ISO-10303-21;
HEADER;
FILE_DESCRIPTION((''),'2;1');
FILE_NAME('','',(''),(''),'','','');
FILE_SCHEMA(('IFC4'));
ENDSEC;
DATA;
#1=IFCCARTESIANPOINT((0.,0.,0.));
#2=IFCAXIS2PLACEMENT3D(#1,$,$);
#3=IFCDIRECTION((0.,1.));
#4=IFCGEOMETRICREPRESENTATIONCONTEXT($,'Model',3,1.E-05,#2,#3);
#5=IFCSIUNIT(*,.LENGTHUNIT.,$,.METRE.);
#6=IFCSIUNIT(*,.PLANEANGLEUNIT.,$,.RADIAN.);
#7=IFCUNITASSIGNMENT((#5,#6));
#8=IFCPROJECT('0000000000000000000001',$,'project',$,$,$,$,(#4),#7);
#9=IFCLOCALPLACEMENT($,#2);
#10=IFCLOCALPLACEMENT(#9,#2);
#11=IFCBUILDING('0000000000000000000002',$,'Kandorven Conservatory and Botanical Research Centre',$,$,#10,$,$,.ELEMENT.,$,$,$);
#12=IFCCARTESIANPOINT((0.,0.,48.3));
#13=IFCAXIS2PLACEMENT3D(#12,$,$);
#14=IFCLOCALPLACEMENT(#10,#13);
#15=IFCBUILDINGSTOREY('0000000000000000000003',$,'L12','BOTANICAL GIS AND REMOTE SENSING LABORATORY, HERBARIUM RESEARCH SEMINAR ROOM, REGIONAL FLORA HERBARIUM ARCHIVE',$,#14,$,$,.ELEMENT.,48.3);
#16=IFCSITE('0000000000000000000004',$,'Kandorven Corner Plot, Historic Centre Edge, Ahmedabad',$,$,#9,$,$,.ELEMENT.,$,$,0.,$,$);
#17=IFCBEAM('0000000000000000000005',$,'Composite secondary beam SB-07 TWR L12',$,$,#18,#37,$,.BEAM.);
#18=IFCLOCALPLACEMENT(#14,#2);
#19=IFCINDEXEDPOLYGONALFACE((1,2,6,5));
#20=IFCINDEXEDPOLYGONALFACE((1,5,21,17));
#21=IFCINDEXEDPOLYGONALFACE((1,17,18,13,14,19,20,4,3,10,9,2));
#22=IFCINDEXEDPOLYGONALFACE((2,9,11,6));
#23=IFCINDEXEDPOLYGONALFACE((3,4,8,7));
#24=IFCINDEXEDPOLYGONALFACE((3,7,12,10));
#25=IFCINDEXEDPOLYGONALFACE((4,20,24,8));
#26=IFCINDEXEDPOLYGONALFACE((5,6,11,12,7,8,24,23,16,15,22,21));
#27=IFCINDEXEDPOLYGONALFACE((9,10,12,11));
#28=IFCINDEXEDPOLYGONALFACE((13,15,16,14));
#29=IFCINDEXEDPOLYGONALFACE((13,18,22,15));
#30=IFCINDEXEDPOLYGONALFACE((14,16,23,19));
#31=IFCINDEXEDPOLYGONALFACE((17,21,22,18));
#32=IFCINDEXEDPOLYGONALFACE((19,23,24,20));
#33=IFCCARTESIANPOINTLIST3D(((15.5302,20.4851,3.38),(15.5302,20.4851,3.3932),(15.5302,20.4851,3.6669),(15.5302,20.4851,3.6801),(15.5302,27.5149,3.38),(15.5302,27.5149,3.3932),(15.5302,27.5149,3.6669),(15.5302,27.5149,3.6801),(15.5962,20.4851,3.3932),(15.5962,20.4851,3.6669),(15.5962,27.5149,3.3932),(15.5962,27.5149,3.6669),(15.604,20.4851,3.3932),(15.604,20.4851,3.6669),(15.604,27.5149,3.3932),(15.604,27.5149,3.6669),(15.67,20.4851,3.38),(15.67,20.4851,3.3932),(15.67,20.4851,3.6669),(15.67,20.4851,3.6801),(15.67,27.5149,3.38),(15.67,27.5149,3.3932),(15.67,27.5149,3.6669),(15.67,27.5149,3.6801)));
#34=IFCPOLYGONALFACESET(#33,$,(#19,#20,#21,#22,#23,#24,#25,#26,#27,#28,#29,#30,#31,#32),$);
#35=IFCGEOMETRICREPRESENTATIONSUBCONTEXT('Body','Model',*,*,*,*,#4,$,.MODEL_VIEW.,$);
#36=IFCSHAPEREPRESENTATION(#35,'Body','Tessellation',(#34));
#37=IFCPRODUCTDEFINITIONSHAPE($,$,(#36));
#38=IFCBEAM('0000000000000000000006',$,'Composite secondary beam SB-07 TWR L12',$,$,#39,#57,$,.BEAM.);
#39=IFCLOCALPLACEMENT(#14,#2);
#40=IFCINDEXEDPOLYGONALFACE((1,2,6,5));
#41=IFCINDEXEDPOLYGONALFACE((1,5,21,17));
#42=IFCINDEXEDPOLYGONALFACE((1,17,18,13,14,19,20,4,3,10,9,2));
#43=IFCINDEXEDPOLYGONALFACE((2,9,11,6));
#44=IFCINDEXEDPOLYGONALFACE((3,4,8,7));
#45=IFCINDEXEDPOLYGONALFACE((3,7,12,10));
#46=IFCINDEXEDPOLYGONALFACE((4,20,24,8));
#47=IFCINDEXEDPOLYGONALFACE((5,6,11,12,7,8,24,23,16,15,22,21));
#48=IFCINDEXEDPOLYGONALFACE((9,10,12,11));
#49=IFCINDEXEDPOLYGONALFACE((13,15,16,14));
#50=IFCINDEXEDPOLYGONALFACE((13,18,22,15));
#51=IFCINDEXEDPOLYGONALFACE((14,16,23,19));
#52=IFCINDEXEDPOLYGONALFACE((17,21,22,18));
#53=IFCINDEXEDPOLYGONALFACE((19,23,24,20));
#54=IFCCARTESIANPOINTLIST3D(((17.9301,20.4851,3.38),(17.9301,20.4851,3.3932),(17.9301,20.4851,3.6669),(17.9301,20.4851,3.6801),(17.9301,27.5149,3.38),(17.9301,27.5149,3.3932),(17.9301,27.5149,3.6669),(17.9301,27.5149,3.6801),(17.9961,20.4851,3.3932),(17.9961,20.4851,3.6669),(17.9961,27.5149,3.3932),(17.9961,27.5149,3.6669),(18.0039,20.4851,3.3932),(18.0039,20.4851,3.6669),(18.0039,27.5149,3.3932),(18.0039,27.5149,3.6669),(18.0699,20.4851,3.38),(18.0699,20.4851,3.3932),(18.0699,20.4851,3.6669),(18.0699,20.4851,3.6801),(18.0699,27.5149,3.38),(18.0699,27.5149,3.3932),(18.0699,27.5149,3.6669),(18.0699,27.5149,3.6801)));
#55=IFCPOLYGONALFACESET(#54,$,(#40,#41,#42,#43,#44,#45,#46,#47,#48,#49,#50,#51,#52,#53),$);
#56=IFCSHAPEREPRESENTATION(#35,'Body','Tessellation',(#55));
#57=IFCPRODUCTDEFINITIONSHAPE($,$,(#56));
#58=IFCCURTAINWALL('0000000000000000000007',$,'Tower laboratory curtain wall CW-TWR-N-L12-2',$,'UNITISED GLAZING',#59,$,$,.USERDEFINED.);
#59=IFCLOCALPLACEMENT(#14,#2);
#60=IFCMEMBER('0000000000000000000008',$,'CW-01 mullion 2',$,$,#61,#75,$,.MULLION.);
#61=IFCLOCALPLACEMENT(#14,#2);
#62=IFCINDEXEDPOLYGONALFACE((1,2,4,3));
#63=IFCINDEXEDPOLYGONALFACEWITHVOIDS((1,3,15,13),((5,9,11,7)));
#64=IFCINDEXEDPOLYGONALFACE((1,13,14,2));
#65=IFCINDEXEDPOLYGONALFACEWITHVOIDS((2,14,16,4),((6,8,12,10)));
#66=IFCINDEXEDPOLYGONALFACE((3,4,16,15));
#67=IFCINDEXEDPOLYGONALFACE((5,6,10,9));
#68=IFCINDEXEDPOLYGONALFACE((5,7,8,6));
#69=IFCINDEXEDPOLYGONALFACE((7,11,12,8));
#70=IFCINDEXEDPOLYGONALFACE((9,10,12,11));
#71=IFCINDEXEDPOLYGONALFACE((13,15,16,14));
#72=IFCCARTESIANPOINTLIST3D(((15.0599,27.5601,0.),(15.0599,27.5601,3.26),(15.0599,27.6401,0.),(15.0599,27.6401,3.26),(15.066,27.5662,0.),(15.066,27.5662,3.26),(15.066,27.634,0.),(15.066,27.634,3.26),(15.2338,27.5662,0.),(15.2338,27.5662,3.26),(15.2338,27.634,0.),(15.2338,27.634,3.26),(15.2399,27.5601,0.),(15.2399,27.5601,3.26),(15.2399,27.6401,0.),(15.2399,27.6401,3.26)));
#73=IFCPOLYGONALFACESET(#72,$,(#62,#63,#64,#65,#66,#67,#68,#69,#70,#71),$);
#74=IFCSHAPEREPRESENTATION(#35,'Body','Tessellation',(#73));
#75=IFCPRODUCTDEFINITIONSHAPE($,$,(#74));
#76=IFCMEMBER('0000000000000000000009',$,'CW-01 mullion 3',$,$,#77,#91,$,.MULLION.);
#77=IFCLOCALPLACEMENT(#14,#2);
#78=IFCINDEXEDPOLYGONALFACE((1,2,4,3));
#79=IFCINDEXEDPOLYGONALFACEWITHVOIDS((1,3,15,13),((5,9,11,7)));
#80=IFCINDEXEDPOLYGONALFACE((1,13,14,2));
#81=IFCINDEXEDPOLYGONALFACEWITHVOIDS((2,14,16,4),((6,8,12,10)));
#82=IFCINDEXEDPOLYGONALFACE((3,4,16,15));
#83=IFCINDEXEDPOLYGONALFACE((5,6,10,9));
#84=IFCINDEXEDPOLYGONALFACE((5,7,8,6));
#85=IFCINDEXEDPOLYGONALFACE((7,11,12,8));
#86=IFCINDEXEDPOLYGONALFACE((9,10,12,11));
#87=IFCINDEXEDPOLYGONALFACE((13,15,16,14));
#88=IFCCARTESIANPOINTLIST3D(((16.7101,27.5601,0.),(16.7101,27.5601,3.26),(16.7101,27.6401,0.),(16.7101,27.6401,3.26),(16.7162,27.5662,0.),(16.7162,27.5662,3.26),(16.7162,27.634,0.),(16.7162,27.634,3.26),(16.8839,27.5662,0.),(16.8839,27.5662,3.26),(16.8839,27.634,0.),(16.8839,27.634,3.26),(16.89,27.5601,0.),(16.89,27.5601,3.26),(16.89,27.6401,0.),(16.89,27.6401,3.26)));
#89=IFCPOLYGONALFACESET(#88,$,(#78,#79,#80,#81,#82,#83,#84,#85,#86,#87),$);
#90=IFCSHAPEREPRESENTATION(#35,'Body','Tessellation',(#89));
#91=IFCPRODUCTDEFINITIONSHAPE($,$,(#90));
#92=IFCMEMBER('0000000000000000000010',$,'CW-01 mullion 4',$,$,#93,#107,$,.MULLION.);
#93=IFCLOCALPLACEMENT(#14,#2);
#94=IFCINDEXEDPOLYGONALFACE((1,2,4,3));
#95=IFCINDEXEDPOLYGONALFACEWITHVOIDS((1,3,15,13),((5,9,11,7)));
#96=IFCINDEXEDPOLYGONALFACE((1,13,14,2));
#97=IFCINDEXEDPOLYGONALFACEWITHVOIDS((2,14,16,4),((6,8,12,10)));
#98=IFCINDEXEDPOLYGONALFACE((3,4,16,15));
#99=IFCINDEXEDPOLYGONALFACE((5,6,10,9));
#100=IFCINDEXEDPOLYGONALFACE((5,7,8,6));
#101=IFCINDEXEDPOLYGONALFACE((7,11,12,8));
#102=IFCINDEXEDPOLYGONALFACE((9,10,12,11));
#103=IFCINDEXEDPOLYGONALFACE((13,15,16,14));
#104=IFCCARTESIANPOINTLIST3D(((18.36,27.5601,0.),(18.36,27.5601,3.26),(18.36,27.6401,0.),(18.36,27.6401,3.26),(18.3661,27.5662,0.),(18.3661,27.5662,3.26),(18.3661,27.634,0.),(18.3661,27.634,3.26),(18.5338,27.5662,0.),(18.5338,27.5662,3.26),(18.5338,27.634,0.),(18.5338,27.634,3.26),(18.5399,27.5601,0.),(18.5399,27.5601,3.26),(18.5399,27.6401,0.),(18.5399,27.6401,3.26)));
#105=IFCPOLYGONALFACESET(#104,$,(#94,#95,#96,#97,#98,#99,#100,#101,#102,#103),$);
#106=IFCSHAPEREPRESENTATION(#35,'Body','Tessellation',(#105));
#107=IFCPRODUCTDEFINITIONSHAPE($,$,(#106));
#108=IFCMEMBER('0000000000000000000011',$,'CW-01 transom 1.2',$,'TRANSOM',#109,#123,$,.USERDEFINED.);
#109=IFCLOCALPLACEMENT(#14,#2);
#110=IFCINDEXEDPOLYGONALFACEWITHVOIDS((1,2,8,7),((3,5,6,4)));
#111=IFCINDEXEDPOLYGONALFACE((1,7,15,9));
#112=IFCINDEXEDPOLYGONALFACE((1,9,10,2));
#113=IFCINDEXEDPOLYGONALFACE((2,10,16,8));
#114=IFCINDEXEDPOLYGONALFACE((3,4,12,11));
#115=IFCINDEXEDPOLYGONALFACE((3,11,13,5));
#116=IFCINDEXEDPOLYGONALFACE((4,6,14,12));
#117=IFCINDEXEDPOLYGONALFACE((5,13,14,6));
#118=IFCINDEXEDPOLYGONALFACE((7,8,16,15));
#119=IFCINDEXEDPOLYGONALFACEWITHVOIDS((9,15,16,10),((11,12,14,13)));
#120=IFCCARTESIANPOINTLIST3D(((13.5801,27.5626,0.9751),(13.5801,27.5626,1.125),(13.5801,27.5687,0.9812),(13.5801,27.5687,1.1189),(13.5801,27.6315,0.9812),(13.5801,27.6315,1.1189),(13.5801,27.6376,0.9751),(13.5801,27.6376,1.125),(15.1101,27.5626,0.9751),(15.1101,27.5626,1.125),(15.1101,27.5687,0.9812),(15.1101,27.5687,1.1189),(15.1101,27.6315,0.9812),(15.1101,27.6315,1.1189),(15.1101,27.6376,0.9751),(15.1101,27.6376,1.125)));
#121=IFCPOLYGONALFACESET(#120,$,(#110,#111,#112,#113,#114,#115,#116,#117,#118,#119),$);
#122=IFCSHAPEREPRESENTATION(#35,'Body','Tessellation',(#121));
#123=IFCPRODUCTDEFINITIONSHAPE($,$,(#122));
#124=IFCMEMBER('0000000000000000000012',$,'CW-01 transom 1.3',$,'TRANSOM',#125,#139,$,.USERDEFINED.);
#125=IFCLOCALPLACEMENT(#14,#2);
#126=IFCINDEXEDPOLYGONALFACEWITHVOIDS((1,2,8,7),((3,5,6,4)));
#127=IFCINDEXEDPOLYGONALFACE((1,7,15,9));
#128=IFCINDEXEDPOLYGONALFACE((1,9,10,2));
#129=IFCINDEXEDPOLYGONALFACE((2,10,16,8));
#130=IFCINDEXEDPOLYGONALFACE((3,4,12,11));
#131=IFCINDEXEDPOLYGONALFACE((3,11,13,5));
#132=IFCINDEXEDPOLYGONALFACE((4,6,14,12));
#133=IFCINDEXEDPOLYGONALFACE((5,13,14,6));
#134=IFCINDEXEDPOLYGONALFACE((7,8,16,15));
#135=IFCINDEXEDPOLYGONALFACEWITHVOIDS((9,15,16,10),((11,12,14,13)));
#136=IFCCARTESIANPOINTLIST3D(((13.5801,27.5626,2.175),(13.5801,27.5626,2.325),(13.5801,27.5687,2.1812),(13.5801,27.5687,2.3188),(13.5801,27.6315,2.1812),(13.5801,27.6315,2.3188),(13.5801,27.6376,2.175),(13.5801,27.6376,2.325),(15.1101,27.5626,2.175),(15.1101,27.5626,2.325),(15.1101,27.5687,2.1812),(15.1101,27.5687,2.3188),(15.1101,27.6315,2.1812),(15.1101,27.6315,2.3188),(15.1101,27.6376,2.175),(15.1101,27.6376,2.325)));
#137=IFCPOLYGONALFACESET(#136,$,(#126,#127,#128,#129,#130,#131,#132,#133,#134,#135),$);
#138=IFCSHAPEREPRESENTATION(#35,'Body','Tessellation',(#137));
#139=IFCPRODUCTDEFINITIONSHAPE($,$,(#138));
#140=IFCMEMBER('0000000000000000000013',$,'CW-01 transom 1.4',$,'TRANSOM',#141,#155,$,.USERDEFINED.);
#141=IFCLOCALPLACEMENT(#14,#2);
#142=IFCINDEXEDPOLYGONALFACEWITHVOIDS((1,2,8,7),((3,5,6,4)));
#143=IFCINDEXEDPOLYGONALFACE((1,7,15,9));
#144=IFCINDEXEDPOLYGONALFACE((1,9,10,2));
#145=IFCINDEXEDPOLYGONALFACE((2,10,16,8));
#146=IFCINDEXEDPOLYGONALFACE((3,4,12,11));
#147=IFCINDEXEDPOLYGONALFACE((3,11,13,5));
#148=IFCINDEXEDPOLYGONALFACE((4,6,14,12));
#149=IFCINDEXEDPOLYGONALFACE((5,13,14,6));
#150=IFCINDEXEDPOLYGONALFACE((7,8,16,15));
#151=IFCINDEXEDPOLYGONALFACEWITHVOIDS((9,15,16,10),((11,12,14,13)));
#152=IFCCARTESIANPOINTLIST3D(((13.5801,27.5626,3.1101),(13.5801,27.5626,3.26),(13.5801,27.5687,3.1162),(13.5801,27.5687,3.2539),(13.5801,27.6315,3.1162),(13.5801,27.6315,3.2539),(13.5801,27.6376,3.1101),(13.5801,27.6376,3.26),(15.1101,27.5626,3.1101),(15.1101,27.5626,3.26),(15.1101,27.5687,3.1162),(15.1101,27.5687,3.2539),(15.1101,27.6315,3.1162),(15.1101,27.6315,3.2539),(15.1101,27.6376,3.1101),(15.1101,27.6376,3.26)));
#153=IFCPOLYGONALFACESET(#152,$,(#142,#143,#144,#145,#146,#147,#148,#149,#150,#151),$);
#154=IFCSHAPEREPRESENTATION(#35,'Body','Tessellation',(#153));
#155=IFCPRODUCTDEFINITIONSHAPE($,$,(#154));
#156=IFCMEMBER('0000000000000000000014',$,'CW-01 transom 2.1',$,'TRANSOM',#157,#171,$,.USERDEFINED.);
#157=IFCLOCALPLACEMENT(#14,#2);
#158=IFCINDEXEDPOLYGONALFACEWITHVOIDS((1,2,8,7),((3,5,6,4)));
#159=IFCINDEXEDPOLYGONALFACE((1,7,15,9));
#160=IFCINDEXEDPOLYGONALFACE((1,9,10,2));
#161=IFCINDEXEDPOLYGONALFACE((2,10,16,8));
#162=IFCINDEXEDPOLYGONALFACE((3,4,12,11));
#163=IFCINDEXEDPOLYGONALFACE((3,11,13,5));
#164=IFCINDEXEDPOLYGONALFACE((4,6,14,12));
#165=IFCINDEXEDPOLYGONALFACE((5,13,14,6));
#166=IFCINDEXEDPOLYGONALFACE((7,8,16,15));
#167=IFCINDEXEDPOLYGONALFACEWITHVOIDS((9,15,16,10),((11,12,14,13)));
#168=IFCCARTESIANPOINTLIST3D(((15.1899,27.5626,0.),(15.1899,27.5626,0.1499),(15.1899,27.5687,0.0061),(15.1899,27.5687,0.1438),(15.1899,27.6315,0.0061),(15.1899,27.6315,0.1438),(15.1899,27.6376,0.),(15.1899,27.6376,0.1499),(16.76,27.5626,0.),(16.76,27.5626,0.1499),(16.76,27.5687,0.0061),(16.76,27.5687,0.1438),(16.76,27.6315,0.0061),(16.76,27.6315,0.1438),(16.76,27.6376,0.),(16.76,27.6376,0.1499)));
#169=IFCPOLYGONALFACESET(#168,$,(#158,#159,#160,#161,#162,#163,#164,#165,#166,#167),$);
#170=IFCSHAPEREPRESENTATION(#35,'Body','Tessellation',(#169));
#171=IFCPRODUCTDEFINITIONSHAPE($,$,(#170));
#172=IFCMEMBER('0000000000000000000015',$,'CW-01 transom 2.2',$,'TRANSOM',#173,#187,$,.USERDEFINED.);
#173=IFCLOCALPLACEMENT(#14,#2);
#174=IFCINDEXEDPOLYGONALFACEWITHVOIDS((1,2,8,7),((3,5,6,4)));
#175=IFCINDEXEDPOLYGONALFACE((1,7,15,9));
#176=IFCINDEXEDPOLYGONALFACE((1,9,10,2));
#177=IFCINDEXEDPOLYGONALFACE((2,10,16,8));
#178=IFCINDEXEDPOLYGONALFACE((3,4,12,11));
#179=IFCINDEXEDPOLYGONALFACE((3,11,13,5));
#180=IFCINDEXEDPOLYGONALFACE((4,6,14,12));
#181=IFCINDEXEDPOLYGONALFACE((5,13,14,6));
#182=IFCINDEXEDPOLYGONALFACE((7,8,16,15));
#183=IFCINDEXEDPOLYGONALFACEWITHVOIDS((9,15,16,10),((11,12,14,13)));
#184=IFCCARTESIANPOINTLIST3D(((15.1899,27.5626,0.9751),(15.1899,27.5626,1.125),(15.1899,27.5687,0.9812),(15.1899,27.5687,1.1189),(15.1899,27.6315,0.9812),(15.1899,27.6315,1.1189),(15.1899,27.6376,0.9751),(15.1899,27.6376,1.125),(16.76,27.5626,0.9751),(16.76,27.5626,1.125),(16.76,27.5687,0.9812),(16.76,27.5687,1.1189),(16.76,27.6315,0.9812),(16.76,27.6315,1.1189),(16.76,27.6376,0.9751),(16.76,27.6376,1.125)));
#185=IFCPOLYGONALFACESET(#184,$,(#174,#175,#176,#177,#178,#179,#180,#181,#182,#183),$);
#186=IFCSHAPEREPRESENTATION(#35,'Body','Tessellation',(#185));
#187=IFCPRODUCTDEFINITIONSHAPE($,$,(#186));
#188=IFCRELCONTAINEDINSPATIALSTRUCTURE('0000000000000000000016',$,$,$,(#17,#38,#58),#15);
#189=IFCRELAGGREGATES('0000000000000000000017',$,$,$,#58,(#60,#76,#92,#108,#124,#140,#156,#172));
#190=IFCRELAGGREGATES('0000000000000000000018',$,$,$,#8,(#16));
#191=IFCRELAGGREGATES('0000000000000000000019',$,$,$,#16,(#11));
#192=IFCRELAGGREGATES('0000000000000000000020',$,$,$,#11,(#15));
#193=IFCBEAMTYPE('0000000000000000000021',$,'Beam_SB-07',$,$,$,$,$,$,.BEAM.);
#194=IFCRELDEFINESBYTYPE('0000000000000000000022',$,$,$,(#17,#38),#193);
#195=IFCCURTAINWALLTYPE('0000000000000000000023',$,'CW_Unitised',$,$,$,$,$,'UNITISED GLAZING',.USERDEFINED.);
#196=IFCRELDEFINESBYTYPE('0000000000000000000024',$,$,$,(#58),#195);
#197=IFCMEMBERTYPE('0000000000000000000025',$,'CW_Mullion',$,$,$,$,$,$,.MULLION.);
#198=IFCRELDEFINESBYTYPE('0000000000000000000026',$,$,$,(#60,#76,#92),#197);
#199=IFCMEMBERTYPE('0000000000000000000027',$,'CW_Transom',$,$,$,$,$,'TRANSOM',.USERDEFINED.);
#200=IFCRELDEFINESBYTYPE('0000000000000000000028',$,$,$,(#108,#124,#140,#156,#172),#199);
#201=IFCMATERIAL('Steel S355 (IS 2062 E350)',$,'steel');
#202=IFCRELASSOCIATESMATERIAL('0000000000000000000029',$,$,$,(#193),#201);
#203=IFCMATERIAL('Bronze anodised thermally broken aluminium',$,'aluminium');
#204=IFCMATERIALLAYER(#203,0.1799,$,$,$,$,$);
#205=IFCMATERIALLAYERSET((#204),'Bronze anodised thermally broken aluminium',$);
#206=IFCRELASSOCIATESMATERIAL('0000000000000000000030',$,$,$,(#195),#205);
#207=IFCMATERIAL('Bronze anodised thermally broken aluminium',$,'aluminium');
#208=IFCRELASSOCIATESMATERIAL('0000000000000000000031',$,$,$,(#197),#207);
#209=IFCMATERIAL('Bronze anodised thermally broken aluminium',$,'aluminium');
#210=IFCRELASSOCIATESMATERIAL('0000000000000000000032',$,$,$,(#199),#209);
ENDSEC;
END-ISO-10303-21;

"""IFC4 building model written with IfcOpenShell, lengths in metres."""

from ifc_helpers import new_model, si_unit, direction, frame, origin, origin_2d, place, context, subcontext, project, spatial, hollow_rectangle, i_section, extrude, material, layer, layer_set, material_profile, profile_set, type_object, element, aggregate, save


model = new_model("IFC4")

# Units and contexts
model_context = context("Model", 3, precision=1e-05, world=origin(), true_north=direction((0.0, 1.0)))
body_context = subcontext(model_context, "Body", "Model", "MODEL_VIEW")
ifc_project = project(units=[si_unit("LENGTHUNIT", "METRE"), si_unit("PLANEANGLEUNIT", "RADIAN")], contexts=[model_context])

# Site, building, storey
site_placement = place(None, origin())
site = spatial("IfcSite", under=ifc_project, at=site_placement, Name="Kandorven Corner Plot, Historic Centre Edge, Ahmedabad", CompositionType="ELEMENT", RefElevation=0.0)
building_placement = place(site_placement, origin())
building = spatial("IfcBuilding", under=site, at=building_placement, Name="Kandorven Conservatory and Botanical Research Centre", CompositionType="ELEMENT")
storey_placement = place(building_placement, frame((0.0, 0.0, 48.3)))
storey = spatial("IfcBuildingStorey", under=building, at=storey_placement, Name="L12", Description="BOTANICAL GIS AND REMOTE SENSING LABORATORY, HERBARIUM RESEARCH SEMINAR ROOM, REGIONAL FLORA HERBARIUM ARCHIVE", CompositionType="ELEMENT", Elevation=48.3)

# Beams
ifc_material_1 = material(Name="Steel S355 (IS 2062 E350)", Category="steel")
ifc_material_profile_1 = material_profile(ifc_material_1, i_section(OverallWidth=0.1399, OverallDepth=0.3, WebThickness=0.0078, FlangeThickness=0.0132, at=origin_2d()))
ifc_profile_set_1 = profile_set([ifc_material_profile_1], Name="Steel S355 (IS 2062 E350)")
beam_type = type_object("IfcBeamType", Name="Beam_SB-07", PredefinedType="BEAM", material=ifc_profile_set_1)
for number, where, z_axis, x_axis, name in (
    (1, (15.6001, 20.4851, 3.53), (0.0, 1.0, 0.0), (-1.0, 0.0, 0.0), "Composite secondary beam SB-07 TWR L12"),
    (2, (18.0, 20.4851, 3.53), (0.0, 1.0, 0.0), (-1.0, 0.0, 0.0), "Composite secondary beam SB-07 TWR L12"),
):
    element("IfcBeam", number, at=place(storey_placement, frame(where, z_axis=z_axis, x_axis=x_axis)), inside=storey, type_object=beam_type, Name=name, PredefinedType="BEAM", context=body_context, shape_type="SweptSolid", body=[
        extrude(i_section(OverallWidth=0.1399, OverallDepth=0.3, WebThickness=0.0078, FlangeThickness=0.0132, at=origin_2d()), origin(), (0.0, 0.0, 1.0), 7.0298),
    ])

# Curtain wall, members
ifc_material_2 = material(Name="Bronze anodised thermally broken aluminium", Category="aluminium")
ifc_layer_1 = layer(ifc_material_2, 0.1799)
ifc_layer_set_1 = layer_set([ifc_layer_1], Name="Bronze anodised thermally broken aluminium")
curtain_wall_type = type_object("IfcCurtainWallType", Name="CW_Unitised", ElementType="UNITISED GLAZING", PredefinedType="USERDEFINED", material=ifc_layer_set_1)
curtain_wall_placement = place(storey_placement, origin())
curtain_wall = element("IfcCurtainWall", 3, at=curtain_wall_placement, inside=storey, type_object=curtain_wall_type, Name="Tower laboratory curtain wall CW-TWR-N-L12-2", ObjectType="UNITISED GLAZING", PredefinedType="USERDEFINED")
ifc_material_3 = material(Name="Bronze anodised thermally broken aluminium", Category="aluminium")
ifc_material_profile_2 = material_profile(ifc_material_3, hollow_rectangle(XDim=0.0801, YDim=0.1799, WallThickness=0.0061, at=origin_2d()))
ifc_profile_set_2 = profile_set([ifc_material_profile_2], Name="Bronze anodised thermally broken aluminium")
member_type_1 = type_object("IfcMemberType", Name="CW_Mullion", PredefinedType="MULLION", material=ifc_profile_set_2)
member_1_placement = place(storey_placement, frame((15.1499, 27.6001, 0.0), z_axis=(0.0, 0.0, 1.0), x_axis=(0.0, 1.0, 0.0)))
member_1 = element("IfcMember", 4, at=member_1_placement, type_object=member_type_1, Name="CW-01 mullion 2", PredefinedType="MULLION", context=body_context, shape_type="SweptSolid", body=[
    extrude(hollow_rectangle(XDim=0.0801, YDim=0.1799, WallThickness=0.0061, at=origin_2d()), origin(), (0.0, 0.0, 1.0), 3.26),
])
member_2_placement = place(storey_placement, frame((16.8, 27.6001, 0.0), z_axis=(0.0, 0.0, 1.0), x_axis=(0.0, 1.0, 0.0)))
member_2 = element("IfcMember", 5, at=member_2_placement, type_object=member_type_1, Name="CW-01 mullion 3", PredefinedType="MULLION", context=body_context, shape_type="SweptSolid", body=[
    extrude(hollow_rectangle(XDim=0.0801, YDim=0.1799, WallThickness=0.0061, at=origin_2d()), origin(), (0.0, 0.0, 1.0), 3.26),
])
member_3_placement = place(storey_placement, frame((18.45, 27.6001, 0.0), z_axis=(0.0, 0.0, 1.0), x_axis=(0.0, 1.0, 0.0)))
member_3 = element("IfcMember", 6, at=member_3_placement, type_object=member_type_1, Name="CW-01 mullion 4", PredefinedType="MULLION", context=body_context, shape_type="SweptSolid", body=[
    extrude(hollow_rectangle(XDim=0.0801, YDim=0.1799, WallThickness=0.0061, at=origin_2d()), origin(), (0.0, 0.0, 1.0), 3.26),
])
ifc_material_4 = material(Name="Bronze anodised thermally broken aluminium", Category="aluminium")
ifc_material_profile_3 = material_profile(ifc_material_4, hollow_rectangle(XDim=0.075, YDim=0.1499, WallThickness=0.0061, at=origin_2d()))
ifc_profile_set_3 = profile_set([ifc_material_profile_3], Name="Bronze anodised thermally broken aluminium")
member_type_2 = type_object("IfcMemberType", Name="CW_Transom", ElementType="TRANSOM", PredefinedType="USERDEFINED", material=ifc_profile_set_3)
member_4_placement = place(storey_placement, frame((13.5801, 27.6001, 1.05), z_axis=(1.0, 0.0, 0.0), x_axis=(0.0, 1.0, 0.0)))
member_4 = element("IfcMember", 7, at=member_4_placement, type_object=member_type_2, Name="CW-01 transom 1.2", ObjectType="TRANSOM", PredefinedType="USERDEFINED", context=body_context, shape_type="SweptSolid", body=[
    extrude(hollow_rectangle(XDim=0.075, YDim=0.1499, WallThickness=0.0061, at=origin_2d()), origin(), (0.0, 0.0, 1.0), 1.53),
])
member_5_placement = place(storey_placement, frame((13.5801, 27.6001, 2.25), z_axis=(1.0, 0.0, 0.0), x_axis=(0.0, 1.0, 0.0)))
member_5 = element("IfcMember", 8, at=member_5_placement, type_object=member_type_2, Name="CW-01 transom 1.3", ObjectType="TRANSOM", PredefinedType="USERDEFINED", context=body_context, shape_type="SweptSolid", body=[
    extrude(hollow_rectangle(XDim=0.075, YDim=0.1499, WallThickness=0.0061, at=origin_2d()), origin(), (0.0, 0.0, 1.0), 1.53),
])
member_6_placement = place(storey_placement, frame((13.5801, 27.6001, 3.1851), z_axis=(1.0, 0.0, 0.0), x_axis=(0.0, 1.0, 0.0)))
member_6 = element("IfcMember", 9, at=member_6_placement, type_object=member_type_2, Name="CW-01 transom 1.4", ObjectType="TRANSOM", PredefinedType="USERDEFINED", context=body_context, shape_type="SweptSolid", body=[
    extrude(hollow_rectangle(XDim=0.075, YDim=0.1499, WallThickness=0.0061, at=origin_2d()), origin(), (0.0, 0.0, 1.0), 1.53),
])
member_7_placement = place(storey_placement, frame((15.1899, 27.6001, 0.075), z_axis=(1.0, 0.0, 0.0), x_axis=(0.0, 1.0, 0.0)))
member_7 = element("IfcMember", 10, at=member_7_placement, type_object=member_type_2, Name="CW-01 transom 2.1", ObjectType="TRANSOM", PredefinedType="USERDEFINED", context=body_context, shape_type="SweptSolid", body=[
    extrude(hollow_rectangle(XDim=0.075, YDim=0.1499, WallThickness=0.0061, at=origin_2d()), origin(), (0.0, 0.0, 1.0), 1.5701),
])
member_8_placement = place(storey_placement, frame((15.1899, 27.6001, 1.05), z_axis=(1.0, 0.0, 0.0), x_axis=(0.0, 1.0, 0.0)))
member_8 = element("IfcMember", 11, at=member_8_placement, type_object=member_type_2, Name="CW-01 transom 2.2", ObjectType="TRANSOM", PredefinedType="USERDEFINED", context=body_context, shape_type="SweptSolid", body=[
    extrude(hollow_rectangle(XDim=0.075, YDim=0.1499, WallThickness=0.0061, at=origin_2d()), origin(), (0.0, 0.0, 1.0), 1.5701),
])
aggregate(curtain_wall, [member_1, member_2, member_3, member_4, member_5, member_6, member_7, member_8])

save(model, "model.ifc")
